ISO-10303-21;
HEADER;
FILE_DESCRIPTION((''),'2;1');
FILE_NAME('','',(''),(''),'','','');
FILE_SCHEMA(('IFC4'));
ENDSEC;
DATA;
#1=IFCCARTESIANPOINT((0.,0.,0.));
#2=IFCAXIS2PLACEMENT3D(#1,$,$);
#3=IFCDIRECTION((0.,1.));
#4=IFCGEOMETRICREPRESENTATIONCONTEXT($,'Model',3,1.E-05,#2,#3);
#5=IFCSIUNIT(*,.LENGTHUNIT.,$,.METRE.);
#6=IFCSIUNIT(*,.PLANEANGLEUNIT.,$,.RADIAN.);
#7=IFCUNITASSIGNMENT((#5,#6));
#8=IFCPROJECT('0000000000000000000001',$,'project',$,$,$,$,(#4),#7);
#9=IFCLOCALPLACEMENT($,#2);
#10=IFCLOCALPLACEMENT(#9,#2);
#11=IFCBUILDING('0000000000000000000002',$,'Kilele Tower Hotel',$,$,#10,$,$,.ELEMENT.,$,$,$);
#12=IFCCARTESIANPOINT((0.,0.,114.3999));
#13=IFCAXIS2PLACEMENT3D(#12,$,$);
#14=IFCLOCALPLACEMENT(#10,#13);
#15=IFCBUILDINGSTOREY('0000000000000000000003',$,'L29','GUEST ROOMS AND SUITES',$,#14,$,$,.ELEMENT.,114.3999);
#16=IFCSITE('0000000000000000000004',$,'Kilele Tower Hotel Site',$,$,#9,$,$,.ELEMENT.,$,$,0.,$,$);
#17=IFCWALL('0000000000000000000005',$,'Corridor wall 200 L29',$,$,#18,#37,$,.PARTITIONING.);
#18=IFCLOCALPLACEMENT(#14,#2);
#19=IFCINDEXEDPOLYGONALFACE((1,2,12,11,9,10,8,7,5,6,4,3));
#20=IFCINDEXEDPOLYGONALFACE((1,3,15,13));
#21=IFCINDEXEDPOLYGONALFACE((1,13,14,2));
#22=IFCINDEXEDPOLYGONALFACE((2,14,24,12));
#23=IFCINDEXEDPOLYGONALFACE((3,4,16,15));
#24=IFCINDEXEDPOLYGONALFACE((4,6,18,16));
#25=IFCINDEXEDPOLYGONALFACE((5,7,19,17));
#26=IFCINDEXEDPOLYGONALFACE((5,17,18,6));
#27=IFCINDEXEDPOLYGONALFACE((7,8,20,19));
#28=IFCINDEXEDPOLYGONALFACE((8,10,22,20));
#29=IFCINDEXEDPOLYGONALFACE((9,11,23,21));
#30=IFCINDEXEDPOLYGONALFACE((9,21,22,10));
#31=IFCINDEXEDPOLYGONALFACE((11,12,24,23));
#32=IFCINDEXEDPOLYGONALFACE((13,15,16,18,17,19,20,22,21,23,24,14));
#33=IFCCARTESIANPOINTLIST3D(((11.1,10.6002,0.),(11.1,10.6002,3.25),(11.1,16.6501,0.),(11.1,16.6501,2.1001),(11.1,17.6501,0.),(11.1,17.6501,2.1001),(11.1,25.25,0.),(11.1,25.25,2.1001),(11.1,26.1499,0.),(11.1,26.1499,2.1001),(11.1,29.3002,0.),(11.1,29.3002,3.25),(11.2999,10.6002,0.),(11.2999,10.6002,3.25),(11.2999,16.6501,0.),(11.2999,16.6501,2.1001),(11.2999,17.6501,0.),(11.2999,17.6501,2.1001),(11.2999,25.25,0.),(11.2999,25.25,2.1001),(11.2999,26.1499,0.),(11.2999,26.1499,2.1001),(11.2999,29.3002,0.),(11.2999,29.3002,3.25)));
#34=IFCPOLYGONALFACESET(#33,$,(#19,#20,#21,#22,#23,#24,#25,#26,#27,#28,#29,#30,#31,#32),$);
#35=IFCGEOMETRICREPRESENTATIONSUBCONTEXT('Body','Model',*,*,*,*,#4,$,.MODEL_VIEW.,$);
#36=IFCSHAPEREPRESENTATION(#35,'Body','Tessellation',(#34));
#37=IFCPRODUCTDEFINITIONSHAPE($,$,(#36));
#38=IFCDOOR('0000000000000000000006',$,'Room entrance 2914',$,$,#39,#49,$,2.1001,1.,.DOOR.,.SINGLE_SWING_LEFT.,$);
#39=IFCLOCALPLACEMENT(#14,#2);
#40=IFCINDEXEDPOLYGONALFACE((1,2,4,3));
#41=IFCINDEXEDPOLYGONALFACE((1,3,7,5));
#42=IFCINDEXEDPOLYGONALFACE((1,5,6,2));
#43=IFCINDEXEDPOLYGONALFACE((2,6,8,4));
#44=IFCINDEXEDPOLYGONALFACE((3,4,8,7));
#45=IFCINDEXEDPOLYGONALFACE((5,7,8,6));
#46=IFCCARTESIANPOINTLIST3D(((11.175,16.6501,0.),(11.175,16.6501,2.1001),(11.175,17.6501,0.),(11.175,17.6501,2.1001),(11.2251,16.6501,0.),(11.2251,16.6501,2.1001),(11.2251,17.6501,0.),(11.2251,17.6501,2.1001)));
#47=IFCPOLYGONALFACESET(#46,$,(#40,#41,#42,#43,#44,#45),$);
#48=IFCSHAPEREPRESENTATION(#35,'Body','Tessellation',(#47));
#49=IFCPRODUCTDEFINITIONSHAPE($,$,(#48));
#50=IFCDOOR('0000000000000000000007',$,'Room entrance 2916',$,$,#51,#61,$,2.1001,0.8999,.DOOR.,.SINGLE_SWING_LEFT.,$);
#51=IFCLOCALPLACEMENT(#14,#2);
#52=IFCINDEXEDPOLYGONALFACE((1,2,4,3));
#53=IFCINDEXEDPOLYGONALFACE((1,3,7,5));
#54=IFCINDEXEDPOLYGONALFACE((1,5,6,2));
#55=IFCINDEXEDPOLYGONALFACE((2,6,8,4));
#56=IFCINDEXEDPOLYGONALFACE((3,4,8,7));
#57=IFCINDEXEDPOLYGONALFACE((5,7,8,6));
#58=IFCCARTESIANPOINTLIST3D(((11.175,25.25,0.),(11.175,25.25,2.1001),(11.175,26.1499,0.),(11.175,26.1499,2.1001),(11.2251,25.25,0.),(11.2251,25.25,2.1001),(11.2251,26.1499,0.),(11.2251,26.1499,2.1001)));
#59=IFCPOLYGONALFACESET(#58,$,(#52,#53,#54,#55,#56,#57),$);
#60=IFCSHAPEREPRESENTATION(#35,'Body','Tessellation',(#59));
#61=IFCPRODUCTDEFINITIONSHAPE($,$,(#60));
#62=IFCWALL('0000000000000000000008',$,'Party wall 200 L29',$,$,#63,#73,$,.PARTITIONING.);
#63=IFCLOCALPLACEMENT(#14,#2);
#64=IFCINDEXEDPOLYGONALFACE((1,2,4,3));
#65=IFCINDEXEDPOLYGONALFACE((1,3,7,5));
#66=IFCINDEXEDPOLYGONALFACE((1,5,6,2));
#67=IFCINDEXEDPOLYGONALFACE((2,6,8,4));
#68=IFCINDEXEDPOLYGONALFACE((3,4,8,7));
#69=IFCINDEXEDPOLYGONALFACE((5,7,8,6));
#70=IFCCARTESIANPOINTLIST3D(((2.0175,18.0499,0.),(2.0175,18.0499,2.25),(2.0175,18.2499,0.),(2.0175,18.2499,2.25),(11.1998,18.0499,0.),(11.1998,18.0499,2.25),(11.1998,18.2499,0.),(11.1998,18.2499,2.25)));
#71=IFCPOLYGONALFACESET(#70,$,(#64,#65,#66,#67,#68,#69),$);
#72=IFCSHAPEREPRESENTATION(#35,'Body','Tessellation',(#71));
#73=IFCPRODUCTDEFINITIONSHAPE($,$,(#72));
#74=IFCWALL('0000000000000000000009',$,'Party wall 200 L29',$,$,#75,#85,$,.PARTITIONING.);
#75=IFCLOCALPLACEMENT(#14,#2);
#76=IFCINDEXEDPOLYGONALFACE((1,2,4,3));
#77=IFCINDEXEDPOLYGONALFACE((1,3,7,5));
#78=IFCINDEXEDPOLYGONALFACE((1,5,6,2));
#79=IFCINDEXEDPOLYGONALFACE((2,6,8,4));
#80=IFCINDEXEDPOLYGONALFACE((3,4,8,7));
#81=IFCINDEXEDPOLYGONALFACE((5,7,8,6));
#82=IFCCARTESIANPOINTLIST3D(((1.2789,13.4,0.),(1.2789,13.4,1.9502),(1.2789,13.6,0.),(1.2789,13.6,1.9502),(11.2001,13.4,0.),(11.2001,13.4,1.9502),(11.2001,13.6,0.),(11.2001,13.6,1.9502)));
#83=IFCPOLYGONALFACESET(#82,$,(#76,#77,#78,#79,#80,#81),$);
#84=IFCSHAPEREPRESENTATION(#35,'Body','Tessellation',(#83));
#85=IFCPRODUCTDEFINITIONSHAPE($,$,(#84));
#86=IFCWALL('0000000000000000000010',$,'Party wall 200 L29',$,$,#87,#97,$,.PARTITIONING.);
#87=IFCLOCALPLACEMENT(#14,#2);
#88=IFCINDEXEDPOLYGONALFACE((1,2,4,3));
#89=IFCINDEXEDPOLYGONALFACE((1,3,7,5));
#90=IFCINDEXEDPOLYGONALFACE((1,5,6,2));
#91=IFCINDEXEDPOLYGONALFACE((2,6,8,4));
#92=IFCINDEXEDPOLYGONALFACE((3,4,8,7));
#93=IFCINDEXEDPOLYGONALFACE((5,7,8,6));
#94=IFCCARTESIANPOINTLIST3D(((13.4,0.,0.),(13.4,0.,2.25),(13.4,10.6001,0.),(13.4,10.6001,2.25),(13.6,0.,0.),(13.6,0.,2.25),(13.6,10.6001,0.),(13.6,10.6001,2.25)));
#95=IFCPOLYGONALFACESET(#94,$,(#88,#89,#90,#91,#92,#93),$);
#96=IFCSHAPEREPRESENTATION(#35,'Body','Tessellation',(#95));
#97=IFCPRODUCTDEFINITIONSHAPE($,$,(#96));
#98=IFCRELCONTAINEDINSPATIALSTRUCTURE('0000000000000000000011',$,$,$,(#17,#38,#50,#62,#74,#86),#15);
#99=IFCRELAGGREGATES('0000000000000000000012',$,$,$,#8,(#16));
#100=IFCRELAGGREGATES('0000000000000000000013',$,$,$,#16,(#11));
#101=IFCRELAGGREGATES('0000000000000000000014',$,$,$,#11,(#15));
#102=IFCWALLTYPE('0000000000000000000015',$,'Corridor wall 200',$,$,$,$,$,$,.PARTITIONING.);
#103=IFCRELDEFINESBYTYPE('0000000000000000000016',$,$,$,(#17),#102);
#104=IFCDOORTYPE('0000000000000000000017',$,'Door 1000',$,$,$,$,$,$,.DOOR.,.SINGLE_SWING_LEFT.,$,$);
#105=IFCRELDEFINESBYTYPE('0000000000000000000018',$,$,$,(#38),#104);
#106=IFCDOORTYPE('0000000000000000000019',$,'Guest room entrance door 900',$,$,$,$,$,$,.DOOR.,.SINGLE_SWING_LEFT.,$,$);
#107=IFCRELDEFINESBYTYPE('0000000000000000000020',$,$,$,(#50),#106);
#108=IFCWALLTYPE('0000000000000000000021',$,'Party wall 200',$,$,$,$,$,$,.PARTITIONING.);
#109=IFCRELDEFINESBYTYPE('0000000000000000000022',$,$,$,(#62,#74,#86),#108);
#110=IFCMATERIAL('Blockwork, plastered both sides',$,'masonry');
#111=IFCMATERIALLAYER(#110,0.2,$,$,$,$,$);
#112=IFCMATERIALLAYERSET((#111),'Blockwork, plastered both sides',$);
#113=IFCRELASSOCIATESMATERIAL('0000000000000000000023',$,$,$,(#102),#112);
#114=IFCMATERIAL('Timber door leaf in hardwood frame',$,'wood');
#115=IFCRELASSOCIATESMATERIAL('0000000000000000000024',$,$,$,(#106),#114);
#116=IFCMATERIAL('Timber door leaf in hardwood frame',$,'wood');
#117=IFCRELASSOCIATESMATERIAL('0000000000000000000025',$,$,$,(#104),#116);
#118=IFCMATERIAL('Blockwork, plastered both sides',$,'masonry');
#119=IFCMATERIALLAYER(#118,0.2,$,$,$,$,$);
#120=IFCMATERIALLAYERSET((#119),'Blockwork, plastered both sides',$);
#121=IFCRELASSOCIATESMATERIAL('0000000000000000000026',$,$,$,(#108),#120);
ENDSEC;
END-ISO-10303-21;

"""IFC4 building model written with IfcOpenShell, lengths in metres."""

from ifc_helpers import new_model, si_unit, direction, frame, frame_2d, origin, place, context, subcontext, project, spatial, rectangle, extrude, material, layer, layer_set, type_object, element, fill, save


model = new_model("IFC4")

# Units and contexts
model_context = context("Model", 3, precision=1e-05, world=origin(), true_north=direction((0.0, 1.0)))
body_context = subcontext(model_context, "Body", "Model", "MODEL_VIEW")
ifc_project = project(units=[si_unit("LENGTHUNIT", "METRE"), si_unit("PLANEANGLEUNIT", "RADIAN")], contexts=[model_context])

# Site, building, storey
site_placement = place(None, origin())
site = spatial("IfcSite", under=ifc_project, at=site_placement, Name="Kilele Tower Hotel Site", CompositionType="ELEMENT", RefElevation=0.0)
building_placement = place(site_placement, origin())
building = spatial("IfcBuilding", under=site, at=building_placement, Name="Kilele Tower Hotel", CompositionType="ELEMENT")
storey_placement = place(building_placement, frame((0.0, 0.0, 114.3999)))
storey = spatial("IfcBuildingStorey", under=building, at=storey_placement, Name="L29", Description="GUEST ROOMS AND SUITES", CompositionType="ELEMENT", Elevation=114.3999)

# Wall, openings, doors
ifc_material_1 = material(Name="Blockwork, plastered both sides", Category="masonry")
ifc_layer_1 = layer(ifc_material_1, 0.2)
ifc_layer_set_1 = layer_set([ifc_layer_1], Name="Blockwork, plastered both sides")
wall_type_1 = type_object("IfcWallType", Name="Corridor wall 200", PredefinedType="PARTITIONING", material=ifc_layer_set_1)
ifc_material_2 = material(Name="Timber door leaf in hardwood frame", Category="wood")
door_type_1 = type_object("IfcDoorType", Name="Guest room entrance door 900", OperationType="SINGLE_SWING_LEFT", PredefinedType="DOOR", material=ifc_material_2)
wall_1_placement = place(storey_placement, frame((11.2, 10.6001, 0.0), z_axis=(0.0, 0.0, 1.0), x_axis=(0.0, 1.0, 0.0)))
wall_1 = element("IfcWall", 1, at=wall_1_placement, inside=storey, type_object=wall_type_1, Name="Corridor wall 200 L29", PredefinedType="PARTITIONING", context=body_context, shape_type="SweptSolid", body=[
    extrude(rectangle(XDim=18.7, YDim=0.2, at=frame_2d((9.3501, 0.0))), origin(), (0.0, 0.0, 1.0), 3.25),
])
opening_1_placement = place(wall_1_placement, frame((6.05, 0.0, 0.0)))
opening_1 = element("IfcOpeningElement", 2, at=opening_1_placement, cuts=wall_1, PredefinedType="OPENING", context=body_context, shape_type="SweptSolid", body=[
    extrude(rectangle(XDim=1.0, YDim=2.1001, at=frame_2d((0.5, 1.05))), frame((0.0, 0.1099, 0.0), z_axis=(0.0, -1.0, 0.0), x_axis=(1.0, 0.0, 0.0)), (0.0, 0.0, 1.0), 0.22),
])
opening_2_placement = place(wall_1_placement, frame((14.6499, 0.0, 0.0)))
opening_2 = element("IfcOpeningElement", 3, at=opening_2_placement, cuts=wall_1, PredefinedType="OPENING", context=body_context, shape_type="SweptSolid", body=[
    extrude(rectangle(XDim=0.8999, YDim=2.1001, at=frame_2d((0.45, 1.05))), frame((0.0, 0.1099, 0.0), z_axis=(0.0, -1.0, 0.0), x_axis=(1.0, 0.0, 0.0)), (0.0, 0.0, 1.0), 0.22),
])
ifc_material_3 = material(Name="Timber door leaf in hardwood frame", Category="wood")
door_type_2 = type_object("IfcDoorType", Name="Door 1000", OperationType="SINGLE_SWING_LEFT", PredefinedType="DOOR", material=ifc_material_3)
door_1_placement = place(opening_1_placement, origin())
door_1 = element("IfcDoor", 4, at=door_1_placement, inside=storey, type_object=door_type_2, Name="Room entrance 2914", OperationType="SINGLE_SWING_LEFT", OverallHeight=2.1001, OverallWidth=1.0, PredefinedType="DOOR", context=body_context, shape_type="SweptSolid", body=[
    extrude(rectangle(XDim=1.0, YDim=2.1001, at=frame_2d((0.5, 1.05))), frame((0.0, 0.0249, 0.0), z_axis=(0.0, -1.0, 0.0), x_axis=(1.0, 0.0, 0.0)), (0.0, 0.0, 1.0), 0.05),
])
fill(opening_1, door_1)
door_2_placement = place(opening_2_placement, origin())
door_2 = element("IfcDoor", 5, at=door_2_placement, inside=storey, type_object=door_type_1, Name="Room entrance 2916", OperationType="SINGLE_SWING_LEFT", OverallHeight=2.1001, OverallWidth=0.8999, PredefinedType="DOOR", context=body_context, shape_type="SweptSolid", body=[
    extrude(rectangle(XDim=0.8999, YDim=2.1001, at=frame_2d((0.45, 1.05))), frame((0.0, 0.0249, 0.0), z_axis=(0.0, -1.0, 0.0), x_axis=(1.0, 0.0, 0.0)), (0.0, 0.0, 1.0), 0.05),
])
fill(opening_2, door_2)

# Walls
ifc_material_4 = material(Name="Blockwork, plastered both sides", Category="masonry")
ifc_layer_2 = layer(ifc_material_4, 0.2)
ifc_layer_set_2 = layer_set([ifc_layer_2], Name="Blockwork, plastered both sides")
wall_type_2 = type_object("IfcWallType", Name="Party wall 200", PredefinedType="PARTITIONING", material=ifc_layer_set_2)
wall_2_placement = place(storey_placement, frame((11.2, 18.1499, 0.0), z_axis=(0.0, 0.0, 1.0), x_axis=(-1.0, 0.0, 0.0)))
element("IfcWall", 6, at=wall_2_placement, inside=storey, type_object=wall_type_2, Name="Party wall 200 L29", PredefinedType="PARTITIONING", context=body_context, shape_type="SweptSolid", body=[
    extrude(rectangle(XDim=9.1824, YDim=0.2, at=frame_2d((4.5913, 0.0))), origin(), (0.0, 0.0, 1.0), 2.25),
])
wall_3_placement = place(storey_placement, frame((11.2, 13.5, 0.0), z_axis=(0.0, 0.0, 1.0), x_axis=(-1.0, 0.0, 0.0)))
element("IfcWall", 7, at=wall_3_placement, inside=storey, type_object=wall_type_2, Name="Party wall 200 L29", PredefinedType="PARTITIONING", context=body_context, shape_type="SweptSolid", body=[
    extrude(rectangle(XDim=9.9211, YDim=0.2, at=frame_2d((4.9604, 0.0))), origin(), (0.0, 0.0, 1.0), 1.9502),
])
wall_4_placement = place(storey_placement, frame((13.5, 10.6001, 0.0), z_axis=(0.0, 0.0, 1.0), x_axis=(0.0, -1.0, 0.0)))
element("IfcWall", 8, at=wall_4_placement, inside=storey, type_object=wall_type_2, Name="Party wall 200 L29", PredefinedType="PARTITIONING", context=body_context, shape_type="SweptSolid", body=[
    extrude(rectangle(XDim=10.6001, YDim=0.2, at=frame_2d((5.3, 0.0))), origin(), (0.0, 0.0, 1.0), 2.25),
])

save(model, "model.ifc")
